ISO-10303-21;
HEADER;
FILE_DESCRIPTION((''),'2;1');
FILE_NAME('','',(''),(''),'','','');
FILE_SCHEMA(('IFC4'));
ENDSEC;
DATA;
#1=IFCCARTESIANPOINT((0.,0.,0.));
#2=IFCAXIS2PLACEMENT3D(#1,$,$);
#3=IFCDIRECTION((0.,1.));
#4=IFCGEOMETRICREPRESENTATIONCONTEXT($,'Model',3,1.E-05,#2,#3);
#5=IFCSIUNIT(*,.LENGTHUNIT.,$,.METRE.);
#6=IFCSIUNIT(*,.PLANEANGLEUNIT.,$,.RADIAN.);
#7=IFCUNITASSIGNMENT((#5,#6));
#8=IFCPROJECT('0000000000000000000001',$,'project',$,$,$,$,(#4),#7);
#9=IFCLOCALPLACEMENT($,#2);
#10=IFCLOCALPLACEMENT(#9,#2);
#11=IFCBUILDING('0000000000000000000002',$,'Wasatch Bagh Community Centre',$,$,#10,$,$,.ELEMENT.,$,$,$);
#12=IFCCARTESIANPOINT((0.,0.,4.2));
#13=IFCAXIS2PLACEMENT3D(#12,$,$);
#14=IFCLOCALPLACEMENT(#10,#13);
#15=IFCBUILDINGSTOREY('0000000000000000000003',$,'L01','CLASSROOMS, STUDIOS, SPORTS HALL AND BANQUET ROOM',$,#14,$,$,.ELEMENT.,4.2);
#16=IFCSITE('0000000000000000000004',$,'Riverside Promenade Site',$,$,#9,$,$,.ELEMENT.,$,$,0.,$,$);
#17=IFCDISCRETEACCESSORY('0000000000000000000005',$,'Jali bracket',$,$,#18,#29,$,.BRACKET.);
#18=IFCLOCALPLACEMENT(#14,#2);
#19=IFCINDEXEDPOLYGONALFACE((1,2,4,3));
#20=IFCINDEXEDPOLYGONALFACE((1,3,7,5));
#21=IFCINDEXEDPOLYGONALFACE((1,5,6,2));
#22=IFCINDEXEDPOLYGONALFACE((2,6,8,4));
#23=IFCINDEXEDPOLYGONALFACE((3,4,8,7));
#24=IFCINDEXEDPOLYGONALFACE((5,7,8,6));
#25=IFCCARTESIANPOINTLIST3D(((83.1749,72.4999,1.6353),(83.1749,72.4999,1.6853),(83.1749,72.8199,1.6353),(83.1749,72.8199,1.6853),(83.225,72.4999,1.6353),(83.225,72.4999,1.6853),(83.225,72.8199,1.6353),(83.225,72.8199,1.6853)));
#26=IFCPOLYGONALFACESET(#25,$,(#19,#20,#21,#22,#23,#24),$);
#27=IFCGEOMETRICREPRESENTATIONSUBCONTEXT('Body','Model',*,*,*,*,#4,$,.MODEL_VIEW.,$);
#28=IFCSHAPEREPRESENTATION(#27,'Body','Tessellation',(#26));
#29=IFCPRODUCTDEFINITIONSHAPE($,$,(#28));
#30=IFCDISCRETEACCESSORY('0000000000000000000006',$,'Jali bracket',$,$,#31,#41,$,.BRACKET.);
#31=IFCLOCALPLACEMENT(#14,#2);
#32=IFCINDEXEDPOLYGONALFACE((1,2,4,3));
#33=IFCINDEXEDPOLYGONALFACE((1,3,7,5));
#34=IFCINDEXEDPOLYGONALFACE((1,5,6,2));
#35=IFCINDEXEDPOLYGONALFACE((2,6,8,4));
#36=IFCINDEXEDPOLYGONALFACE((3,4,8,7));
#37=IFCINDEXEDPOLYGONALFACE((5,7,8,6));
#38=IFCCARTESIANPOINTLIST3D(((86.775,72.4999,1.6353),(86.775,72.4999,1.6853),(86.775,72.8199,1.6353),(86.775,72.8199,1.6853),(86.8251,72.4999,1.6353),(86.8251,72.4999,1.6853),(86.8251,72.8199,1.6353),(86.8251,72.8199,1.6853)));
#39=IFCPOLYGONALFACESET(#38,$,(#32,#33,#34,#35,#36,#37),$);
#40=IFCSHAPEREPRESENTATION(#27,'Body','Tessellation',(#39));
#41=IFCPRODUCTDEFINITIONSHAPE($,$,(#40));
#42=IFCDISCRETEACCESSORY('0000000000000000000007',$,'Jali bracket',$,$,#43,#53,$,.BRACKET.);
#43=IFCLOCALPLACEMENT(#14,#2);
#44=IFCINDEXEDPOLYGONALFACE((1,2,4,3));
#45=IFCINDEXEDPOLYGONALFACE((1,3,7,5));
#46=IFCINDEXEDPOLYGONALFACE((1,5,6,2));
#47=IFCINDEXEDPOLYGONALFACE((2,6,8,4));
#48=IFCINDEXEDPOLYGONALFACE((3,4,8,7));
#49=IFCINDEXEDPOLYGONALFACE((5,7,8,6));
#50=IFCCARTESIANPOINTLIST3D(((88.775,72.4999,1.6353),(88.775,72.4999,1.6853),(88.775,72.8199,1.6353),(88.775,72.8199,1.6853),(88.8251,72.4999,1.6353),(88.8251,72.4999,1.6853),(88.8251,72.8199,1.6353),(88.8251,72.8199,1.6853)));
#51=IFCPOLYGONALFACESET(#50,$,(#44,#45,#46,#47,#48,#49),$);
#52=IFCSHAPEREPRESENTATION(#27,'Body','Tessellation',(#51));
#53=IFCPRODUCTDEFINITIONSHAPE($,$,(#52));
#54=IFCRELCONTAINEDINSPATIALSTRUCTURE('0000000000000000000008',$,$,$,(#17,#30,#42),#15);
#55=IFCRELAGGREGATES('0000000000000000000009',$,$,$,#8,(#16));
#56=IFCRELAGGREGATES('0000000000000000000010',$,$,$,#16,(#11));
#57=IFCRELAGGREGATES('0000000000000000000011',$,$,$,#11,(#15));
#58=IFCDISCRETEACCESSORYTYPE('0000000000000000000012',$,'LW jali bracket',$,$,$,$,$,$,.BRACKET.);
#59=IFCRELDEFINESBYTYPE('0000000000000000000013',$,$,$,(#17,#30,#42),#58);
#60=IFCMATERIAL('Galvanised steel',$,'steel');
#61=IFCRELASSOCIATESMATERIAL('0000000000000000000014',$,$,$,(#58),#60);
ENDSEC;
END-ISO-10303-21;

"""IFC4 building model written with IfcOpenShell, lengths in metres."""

from ifc_helpers import new_model, si_unit, direction, frame, origin, origin_2d, place, context, subcontext, project, spatial, rectangle, extrude, material, type_object, element, save


model = new_model("IFC4")

# Units and contexts
model_context = context("Model", 3, precision=1e-05, world=origin(), true_north=direction((0.0, 1.0)))
body_context = subcontext(model_context, "Body", "Model", "MODEL_VIEW")
ifc_project = project(units=[si_unit("LENGTHUNIT", "METRE"), si_unit("PLANEANGLEUNIT", "RADIAN")], contexts=[model_context])

# Site, building, storey
site_placement = place(None, origin())
site = spatial("IfcSite", under=ifc_project, at=site_placement, Name="Riverside Promenade Site", CompositionType="ELEMENT", RefElevation=0.0)
building_placement = place(site_placement, origin())
building = spatial("IfcBuilding", under=site, at=building_placement, Name="Wasatch Bagh Community Centre", CompositionType="ELEMENT")
storey_placement = place(building_placement, frame((0.0, 0.0, 4.2)))
storey = spatial("IfcBuildingStorey", under=building, at=storey_placement, Name="L01", Description="CLASSROOMS, STUDIOS, SPORTS HALL AND BANQUET ROOM", CompositionType="ELEMENT", Elevation=4.2)

# Discrete accessories
ifc_material_1 = material(Name="Galvanised steel", Category="steel")
discrete_accessory_type = type_object("IfcDiscreteAccessoryType", Name="LW jali bracket", PredefinedType="BRACKET", material=ifc_material_1)
for number, where, z_axis, x_axis, name in (
    (1, (83.2, 72.6599, 1.6353), (0.0, 0.0, 1.0), (1.0, 0.0, 0.0), "Jali bracket"),
    (2, (86.8, 72.6599, 1.6353), (0.0, 0.0, 1.0), (1.0, 0.0, 0.0), "Jali bracket"),
    (3, (88.8, 72.6599, 1.6353), (0.0, 0.0, 1.0), (1.0, 0.0, 0.0), "Jali bracket"),
):
    element("IfcDiscreteAccessory", number, at=place(storey_placement, frame(where, z_axis=z_axis, x_axis=x_axis)), inside=storey, type_object=discrete_accessory_type, Name=name, PredefinedType="BRACKET", context=body_context, shape_type="SweptSolid", body=[
        extrude(rectangle(XDim=0.05, YDim=0.3201, at=origin_2d()), origin(), (0.0, 0.0, 1.0), 0.05),
    ])

save(model, "model.ifc")
